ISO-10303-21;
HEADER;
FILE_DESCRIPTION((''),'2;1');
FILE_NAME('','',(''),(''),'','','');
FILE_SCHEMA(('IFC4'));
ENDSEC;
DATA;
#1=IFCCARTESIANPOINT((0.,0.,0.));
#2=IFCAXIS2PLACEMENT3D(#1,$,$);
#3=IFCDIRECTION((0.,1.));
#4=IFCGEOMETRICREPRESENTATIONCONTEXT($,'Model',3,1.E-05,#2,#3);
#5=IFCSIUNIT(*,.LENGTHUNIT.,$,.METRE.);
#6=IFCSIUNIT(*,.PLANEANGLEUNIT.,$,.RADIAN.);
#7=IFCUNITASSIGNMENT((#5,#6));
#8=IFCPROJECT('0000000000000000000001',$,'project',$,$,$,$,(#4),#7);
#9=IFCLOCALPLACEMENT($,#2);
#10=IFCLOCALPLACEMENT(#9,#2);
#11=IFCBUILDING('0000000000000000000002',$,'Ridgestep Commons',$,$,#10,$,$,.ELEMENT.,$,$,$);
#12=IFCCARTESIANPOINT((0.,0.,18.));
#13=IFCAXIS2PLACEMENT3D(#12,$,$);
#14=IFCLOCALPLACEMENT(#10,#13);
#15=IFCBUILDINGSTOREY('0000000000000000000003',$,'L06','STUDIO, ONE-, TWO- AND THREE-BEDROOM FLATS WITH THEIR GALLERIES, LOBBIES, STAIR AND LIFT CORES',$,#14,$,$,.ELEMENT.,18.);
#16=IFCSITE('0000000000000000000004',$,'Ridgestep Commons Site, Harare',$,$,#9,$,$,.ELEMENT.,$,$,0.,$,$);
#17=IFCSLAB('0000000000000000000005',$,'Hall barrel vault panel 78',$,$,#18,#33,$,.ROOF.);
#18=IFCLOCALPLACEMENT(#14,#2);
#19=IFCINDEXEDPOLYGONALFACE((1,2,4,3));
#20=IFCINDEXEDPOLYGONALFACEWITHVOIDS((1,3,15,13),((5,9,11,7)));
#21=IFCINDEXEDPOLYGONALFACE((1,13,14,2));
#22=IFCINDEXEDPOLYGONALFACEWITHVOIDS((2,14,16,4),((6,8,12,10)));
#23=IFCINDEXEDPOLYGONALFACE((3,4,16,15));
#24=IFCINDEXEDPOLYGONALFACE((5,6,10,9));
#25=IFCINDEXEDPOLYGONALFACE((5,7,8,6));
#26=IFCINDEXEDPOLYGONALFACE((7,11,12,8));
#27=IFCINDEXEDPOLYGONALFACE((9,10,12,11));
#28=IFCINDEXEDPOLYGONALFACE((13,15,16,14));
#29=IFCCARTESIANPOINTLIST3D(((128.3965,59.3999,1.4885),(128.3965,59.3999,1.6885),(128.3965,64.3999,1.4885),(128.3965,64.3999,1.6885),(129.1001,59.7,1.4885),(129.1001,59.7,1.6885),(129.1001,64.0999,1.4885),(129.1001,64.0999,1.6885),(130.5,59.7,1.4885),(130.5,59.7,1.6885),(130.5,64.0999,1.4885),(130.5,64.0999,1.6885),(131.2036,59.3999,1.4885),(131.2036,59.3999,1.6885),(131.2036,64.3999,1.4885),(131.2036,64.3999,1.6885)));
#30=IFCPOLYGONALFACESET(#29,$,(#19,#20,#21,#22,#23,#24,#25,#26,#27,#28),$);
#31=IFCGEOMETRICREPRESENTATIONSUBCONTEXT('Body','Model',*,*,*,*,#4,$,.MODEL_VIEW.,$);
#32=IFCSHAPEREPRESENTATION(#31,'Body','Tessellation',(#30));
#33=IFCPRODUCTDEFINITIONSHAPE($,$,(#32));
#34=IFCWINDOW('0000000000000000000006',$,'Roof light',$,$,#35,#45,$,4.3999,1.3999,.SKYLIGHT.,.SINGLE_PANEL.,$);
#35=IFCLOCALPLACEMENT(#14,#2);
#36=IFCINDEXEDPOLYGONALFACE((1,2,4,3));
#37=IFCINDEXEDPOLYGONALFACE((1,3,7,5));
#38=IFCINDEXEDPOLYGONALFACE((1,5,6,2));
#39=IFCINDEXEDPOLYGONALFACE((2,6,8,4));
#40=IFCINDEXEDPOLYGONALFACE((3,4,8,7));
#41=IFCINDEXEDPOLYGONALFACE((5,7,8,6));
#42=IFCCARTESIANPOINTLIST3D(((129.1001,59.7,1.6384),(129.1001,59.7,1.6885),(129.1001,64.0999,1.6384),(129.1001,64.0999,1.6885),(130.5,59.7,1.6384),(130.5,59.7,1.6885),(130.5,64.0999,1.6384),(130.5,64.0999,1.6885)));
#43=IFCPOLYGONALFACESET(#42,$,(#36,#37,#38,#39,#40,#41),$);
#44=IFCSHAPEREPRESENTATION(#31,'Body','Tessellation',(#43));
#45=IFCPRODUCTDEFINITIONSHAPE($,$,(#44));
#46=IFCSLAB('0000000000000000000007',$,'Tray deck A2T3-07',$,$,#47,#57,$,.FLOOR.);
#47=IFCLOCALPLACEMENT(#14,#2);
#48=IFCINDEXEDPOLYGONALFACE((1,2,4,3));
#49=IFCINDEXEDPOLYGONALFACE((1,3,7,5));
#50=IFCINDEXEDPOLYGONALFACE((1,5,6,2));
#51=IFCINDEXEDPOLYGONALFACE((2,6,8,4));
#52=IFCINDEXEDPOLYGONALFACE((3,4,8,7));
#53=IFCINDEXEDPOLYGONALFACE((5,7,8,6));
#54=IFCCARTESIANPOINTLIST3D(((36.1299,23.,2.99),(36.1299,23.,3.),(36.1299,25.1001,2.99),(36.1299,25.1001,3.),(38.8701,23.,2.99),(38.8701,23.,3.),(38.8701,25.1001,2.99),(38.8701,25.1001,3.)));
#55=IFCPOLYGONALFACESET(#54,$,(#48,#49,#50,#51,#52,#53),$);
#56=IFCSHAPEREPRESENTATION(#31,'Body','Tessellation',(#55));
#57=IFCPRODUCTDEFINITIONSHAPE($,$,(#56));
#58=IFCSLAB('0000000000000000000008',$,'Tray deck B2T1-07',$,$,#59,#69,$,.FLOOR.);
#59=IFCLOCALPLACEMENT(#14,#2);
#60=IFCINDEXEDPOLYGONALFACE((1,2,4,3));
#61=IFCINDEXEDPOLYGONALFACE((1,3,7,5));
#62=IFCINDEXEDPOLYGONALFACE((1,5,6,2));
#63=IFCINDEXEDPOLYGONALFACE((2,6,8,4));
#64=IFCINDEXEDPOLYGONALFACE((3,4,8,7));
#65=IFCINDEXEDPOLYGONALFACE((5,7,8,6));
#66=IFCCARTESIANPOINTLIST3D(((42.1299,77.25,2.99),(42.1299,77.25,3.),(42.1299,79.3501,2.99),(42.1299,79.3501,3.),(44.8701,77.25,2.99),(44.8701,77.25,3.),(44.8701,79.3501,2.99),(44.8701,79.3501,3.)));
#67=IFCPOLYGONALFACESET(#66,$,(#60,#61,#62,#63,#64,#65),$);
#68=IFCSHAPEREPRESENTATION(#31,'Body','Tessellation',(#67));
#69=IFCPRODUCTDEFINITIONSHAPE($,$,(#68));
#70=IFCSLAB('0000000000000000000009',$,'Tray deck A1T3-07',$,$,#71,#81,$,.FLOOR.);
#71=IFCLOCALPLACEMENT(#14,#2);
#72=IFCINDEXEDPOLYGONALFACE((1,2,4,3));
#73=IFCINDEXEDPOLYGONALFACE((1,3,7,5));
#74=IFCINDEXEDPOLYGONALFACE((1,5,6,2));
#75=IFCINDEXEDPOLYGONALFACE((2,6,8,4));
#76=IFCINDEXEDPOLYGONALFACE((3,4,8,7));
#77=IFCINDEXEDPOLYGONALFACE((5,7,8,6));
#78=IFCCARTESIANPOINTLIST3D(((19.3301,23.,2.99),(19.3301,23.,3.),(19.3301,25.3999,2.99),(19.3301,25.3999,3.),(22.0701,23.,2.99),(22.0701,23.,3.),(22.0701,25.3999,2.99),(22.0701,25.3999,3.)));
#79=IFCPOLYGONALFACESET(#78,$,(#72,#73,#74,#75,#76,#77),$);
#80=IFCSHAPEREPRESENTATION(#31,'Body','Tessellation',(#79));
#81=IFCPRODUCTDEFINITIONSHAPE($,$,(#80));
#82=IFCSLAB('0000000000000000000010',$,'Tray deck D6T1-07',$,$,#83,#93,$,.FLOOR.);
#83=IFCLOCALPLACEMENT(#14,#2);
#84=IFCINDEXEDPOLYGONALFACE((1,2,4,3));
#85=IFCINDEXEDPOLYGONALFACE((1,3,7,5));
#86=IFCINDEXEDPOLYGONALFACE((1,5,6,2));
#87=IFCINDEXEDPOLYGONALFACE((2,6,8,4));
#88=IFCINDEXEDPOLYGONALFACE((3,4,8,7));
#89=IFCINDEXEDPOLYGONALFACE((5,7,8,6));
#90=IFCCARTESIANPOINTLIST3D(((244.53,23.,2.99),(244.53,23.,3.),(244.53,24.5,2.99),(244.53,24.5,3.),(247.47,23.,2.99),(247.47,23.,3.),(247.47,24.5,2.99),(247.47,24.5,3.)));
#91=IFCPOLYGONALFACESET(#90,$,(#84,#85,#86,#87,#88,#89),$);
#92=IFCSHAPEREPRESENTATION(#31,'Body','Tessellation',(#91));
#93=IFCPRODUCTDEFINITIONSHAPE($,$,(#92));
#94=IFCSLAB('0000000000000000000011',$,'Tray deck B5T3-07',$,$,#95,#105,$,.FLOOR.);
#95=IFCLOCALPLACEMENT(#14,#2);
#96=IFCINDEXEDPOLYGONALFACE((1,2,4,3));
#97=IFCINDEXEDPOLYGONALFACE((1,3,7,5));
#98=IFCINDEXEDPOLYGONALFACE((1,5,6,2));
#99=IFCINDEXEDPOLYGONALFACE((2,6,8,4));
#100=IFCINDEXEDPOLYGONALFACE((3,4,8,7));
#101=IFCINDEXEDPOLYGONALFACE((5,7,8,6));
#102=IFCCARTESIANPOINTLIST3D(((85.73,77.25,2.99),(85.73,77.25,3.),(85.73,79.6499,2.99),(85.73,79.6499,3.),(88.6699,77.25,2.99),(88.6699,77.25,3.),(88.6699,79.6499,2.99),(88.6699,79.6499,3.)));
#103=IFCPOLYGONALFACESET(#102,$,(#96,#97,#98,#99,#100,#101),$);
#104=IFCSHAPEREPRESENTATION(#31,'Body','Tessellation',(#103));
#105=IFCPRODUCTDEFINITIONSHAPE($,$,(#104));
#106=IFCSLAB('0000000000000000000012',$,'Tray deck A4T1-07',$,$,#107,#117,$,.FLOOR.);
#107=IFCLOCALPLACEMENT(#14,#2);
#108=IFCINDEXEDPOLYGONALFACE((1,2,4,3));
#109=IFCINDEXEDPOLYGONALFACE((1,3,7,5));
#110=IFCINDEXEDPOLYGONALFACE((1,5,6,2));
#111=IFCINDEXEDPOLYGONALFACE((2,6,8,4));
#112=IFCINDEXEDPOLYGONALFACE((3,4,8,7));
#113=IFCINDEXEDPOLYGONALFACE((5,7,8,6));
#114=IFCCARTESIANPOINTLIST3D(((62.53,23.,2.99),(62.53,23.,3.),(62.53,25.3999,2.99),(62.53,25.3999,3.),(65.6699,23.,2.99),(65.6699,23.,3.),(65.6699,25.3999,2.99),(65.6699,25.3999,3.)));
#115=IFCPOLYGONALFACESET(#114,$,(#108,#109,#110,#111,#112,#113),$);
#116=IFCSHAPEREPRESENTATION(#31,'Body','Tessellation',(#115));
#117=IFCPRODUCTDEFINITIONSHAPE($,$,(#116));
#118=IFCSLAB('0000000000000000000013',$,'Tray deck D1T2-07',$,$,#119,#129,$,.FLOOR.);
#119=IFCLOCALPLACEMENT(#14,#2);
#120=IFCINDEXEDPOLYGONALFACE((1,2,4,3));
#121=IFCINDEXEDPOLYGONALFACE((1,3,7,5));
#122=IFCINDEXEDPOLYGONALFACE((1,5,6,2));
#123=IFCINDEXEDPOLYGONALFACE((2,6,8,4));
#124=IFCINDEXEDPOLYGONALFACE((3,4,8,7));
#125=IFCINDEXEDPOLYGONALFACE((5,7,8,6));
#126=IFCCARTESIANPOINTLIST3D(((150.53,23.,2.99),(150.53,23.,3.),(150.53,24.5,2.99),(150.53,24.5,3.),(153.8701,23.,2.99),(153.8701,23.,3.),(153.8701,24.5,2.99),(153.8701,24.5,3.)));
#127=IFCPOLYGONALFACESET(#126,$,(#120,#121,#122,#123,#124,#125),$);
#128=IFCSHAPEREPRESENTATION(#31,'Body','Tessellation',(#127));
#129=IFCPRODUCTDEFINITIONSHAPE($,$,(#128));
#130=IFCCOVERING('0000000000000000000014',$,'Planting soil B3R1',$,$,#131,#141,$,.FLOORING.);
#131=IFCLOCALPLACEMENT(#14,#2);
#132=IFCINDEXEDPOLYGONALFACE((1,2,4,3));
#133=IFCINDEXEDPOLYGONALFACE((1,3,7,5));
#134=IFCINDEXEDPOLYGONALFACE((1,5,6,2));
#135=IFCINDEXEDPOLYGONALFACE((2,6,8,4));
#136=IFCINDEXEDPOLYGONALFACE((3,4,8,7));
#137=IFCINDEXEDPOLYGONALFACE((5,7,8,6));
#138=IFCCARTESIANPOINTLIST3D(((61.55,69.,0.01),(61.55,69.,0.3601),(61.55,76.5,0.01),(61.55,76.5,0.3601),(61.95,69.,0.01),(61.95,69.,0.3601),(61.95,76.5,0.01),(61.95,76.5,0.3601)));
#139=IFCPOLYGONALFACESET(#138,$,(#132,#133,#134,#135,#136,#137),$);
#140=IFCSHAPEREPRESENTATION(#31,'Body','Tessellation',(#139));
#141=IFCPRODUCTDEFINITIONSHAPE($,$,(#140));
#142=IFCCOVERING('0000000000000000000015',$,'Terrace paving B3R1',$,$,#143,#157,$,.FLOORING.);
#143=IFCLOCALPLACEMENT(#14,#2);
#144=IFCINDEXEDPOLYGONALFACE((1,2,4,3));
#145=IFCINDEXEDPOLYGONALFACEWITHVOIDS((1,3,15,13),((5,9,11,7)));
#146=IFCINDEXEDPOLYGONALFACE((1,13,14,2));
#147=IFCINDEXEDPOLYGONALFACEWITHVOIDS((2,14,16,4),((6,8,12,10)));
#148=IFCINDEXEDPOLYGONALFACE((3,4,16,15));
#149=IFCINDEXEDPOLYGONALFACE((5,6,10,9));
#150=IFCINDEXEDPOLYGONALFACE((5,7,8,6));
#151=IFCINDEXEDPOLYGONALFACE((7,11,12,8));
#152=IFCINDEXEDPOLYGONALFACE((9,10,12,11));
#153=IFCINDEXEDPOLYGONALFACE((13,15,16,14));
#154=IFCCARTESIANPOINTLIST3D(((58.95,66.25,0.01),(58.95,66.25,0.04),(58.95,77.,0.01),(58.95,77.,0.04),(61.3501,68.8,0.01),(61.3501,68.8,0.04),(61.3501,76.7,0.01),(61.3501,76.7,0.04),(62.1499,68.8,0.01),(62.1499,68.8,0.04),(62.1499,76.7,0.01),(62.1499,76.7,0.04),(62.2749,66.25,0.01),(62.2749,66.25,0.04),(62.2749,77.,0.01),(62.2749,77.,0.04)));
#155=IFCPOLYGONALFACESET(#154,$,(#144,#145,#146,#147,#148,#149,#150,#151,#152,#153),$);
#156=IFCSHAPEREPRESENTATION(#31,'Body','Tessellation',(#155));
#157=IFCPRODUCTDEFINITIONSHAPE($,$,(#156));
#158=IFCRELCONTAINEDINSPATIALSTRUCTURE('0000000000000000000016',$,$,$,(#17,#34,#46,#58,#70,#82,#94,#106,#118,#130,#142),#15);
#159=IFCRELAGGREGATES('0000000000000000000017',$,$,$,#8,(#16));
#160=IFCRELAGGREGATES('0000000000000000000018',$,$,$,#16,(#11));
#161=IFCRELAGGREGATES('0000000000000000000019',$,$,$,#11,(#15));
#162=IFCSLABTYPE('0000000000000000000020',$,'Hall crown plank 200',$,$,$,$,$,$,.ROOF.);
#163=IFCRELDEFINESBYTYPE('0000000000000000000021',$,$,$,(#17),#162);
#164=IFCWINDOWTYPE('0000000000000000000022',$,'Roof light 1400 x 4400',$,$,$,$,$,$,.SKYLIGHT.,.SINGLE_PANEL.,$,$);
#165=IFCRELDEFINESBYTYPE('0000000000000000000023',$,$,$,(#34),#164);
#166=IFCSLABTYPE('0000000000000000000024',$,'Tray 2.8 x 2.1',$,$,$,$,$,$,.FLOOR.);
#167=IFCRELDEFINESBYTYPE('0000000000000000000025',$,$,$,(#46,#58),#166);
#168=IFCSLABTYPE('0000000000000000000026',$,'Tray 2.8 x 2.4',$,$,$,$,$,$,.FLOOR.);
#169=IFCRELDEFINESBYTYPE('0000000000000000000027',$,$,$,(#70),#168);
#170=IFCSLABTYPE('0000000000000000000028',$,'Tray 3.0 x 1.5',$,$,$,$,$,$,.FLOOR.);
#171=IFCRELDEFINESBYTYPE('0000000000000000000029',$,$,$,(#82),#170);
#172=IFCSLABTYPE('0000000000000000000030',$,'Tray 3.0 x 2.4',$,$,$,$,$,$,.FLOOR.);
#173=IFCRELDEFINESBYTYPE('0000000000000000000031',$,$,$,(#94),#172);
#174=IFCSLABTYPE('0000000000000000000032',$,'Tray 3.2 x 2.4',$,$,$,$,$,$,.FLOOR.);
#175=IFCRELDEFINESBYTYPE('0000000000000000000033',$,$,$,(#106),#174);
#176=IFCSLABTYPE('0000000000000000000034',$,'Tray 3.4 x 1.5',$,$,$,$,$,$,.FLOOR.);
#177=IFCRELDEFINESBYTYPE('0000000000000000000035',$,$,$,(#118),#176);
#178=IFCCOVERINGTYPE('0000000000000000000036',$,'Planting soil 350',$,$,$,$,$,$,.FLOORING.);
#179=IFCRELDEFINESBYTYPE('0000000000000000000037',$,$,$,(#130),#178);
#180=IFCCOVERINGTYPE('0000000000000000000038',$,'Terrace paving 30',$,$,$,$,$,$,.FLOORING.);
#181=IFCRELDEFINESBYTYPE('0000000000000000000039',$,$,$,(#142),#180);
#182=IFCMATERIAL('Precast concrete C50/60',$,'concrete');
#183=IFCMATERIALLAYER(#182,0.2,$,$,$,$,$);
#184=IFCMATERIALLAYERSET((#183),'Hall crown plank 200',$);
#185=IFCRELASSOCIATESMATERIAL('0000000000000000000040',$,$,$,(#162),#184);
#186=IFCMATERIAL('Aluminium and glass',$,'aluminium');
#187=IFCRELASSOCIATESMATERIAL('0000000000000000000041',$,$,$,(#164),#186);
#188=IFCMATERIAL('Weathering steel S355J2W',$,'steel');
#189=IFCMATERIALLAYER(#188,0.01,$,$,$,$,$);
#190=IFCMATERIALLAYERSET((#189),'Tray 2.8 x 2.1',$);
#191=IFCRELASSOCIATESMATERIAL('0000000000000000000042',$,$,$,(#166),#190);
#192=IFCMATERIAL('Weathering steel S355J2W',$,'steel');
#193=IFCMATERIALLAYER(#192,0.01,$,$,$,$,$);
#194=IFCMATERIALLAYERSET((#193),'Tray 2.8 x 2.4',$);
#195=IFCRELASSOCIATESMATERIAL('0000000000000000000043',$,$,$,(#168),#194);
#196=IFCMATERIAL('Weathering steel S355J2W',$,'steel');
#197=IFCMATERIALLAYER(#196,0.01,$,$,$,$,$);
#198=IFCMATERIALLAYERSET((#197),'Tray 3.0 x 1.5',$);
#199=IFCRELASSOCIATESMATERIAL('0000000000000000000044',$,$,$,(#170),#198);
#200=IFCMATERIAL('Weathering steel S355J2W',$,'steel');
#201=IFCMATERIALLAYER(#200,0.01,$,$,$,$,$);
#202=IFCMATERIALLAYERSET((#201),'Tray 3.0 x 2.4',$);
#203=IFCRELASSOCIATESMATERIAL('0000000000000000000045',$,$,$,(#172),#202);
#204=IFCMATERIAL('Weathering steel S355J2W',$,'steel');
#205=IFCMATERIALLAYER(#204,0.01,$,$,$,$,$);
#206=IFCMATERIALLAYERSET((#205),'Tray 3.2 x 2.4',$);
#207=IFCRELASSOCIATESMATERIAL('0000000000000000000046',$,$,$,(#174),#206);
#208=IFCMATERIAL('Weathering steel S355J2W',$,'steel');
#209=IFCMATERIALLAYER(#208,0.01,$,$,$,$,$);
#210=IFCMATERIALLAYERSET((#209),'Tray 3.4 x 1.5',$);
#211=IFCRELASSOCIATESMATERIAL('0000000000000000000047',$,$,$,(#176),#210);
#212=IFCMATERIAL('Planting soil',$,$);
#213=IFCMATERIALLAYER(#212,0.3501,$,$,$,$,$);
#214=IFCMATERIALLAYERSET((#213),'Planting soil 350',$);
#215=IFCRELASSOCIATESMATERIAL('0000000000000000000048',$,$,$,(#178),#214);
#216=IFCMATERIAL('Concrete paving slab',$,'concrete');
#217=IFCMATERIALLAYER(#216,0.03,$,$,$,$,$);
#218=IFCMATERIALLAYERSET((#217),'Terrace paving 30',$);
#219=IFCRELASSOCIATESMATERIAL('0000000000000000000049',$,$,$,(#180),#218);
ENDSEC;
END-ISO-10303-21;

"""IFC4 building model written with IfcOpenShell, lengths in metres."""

from ifc_helpers import new_model, si_unit, direction, frame, origin, origin_2d, place, context, subcontext, project, spatial, polyline, rectangle, outline, extrude, material, layer, layer_set, type_object, element, fill, save


model = new_model("IFC4")

# Units and contexts
model_context = context("Model", 3, precision=1e-05, world=origin(), true_north=direction((0.0, 1.0)))
body_context = subcontext(model_context, "Body", "Model", "MODEL_VIEW")
ifc_project = project(units=[si_unit("LENGTHUNIT", "METRE"), si_unit("PLANEANGLEUNIT", "RADIAN")], contexts=[model_context])

# Site, building, storey
site_placement = place(None, origin())
site = spatial("IfcSite", under=ifc_project, at=site_placement, Name="Ridgestep Commons Site, Harare", CompositionType="ELEMENT", RefElevation=0.0)
building_placement = place(site_placement, origin())
building = spatial("IfcBuilding", under=site, at=building_placement, Name="Ridgestep Commons", CompositionType="ELEMENT")
storey_placement = place(building_placement, frame((0.0, 0.0, 18.0)))
storey = spatial("IfcBuildingStorey", under=building, at=storey_placement, Name="L06", Description="STUDIO, ONE-, TWO- AND THREE-BEDROOM FLATS WITH THEIR GALLERIES, LOBBIES, STAIR AND LIFT CORES", CompositionType="ELEMENT", Elevation=18.0)

# Slab, opening, window
ifc_material_1 = material(Name="Precast concrete C50/60", Category="concrete")
ifc_layer_1 = layer(ifc_material_1, 0.2)
ifc_layer_set_1 = layer_set([ifc_layer_1], Name="Hall crown plank 200")
slab_type_1 = type_object("IfcSlabType", Name="Hall crown plank 200", PredefinedType="ROOF", material=ifc_layer_set_1)
ifc_material_2 = material(Name="Aluminium and glass", Category="aluminium")
window_type = type_object("IfcWindowType", Name="Roof light 1400 x 4400", PartitioningType="SINGLE_PANEL", PredefinedType="SKYLIGHT", material=ifc_material_2)
slab_1_placement = place(storey_placement, frame((0.0, 0.0, 1.4885)))
slab_1 = element("IfcSlab", 1, at=slab_1_placement, inside=storey, type_object=slab_type_1, Name="Hall barrel vault panel 78", PredefinedType="ROOF", context=body_context, shape_type="SweptSolid", body=[
    extrude(outline(polyline([(128.3965, 59.3999), (131.2036, 59.3999), (131.2036, 64.3999), (128.3965, 64.3999), (128.3965, 59.3999)])), origin(), (0.0, 0.0, 1.0), 0.2),
])
opening_1_placement = place(slab_1_placement, frame((129.8, 61.8999, 0.0)))
opening_1 = element("IfcOpeningElement", 2, at=opening_1_placement, cuts=slab_1, PredefinedType="OPENING", context=body_context, shape_type="SweptSolid", body=[
    extrude(rectangle(XDim=1.3999, YDim=4.3999, at=origin_2d()), origin(), (0.0, 0.0, 1.0), 0.2),
])
window_1_placement = place(opening_1_placement, frame((0.0, 0.0, 0.1499)))
window_1 = element("IfcWindow", 3, at=window_1_placement, inside=storey, type_object=window_type, Name="Roof light", OverallHeight=4.3999, OverallWidth=1.3999, PartitioningType="SINGLE_PANEL", PredefinedType="SKYLIGHT", context=body_context, shape_type="SweptSolid", body=[
    extrude(rectangle(XDim=1.3999, YDim=4.3999, at=origin_2d()), origin(), (0.0, 0.0, 1.0), 0.05),
])
fill(opening_1, window_1)

# Slabs
ifc_material_3 = material(Name="Weathering steel S355J2W", Category="steel")
ifc_layer_2 = layer(ifc_material_3, 0.01)
ifc_layer_set_2 = layer_set([ifc_layer_2], Name="Tray 2.8 x 2.1")
slab_type_2 = type_object("IfcSlabType", Name="Tray 2.8 x 2.1", PredefinedType="FLOOR", material=ifc_layer_set_2)
slab_2_placement = place(storey_placement, frame((0.0, 0.0, 2.99)))
element("IfcSlab", 4, at=slab_2_placement, inside=storey, type_object=slab_type_2, Name="Tray deck A2T3-07", PredefinedType="FLOOR", context=body_context, shape_type="SweptSolid", body=[
    extrude(outline(polyline([(36.1299, 23.0), (38.8701, 23.0), (38.8701, 25.1001), (36.1299, 25.1001), (36.1299, 23.0)])), origin(), (0.0, 0.0, 1.0), 0.01),
])
slab_3_placement = place(storey_placement, frame((0.0, 0.0, 2.99)))
element("IfcSlab", 5, at=slab_3_placement, inside=storey, type_object=slab_type_2, Name="Tray deck B2T1-07", PredefinedType="FLOOR", context=body_context, shape_type="SweptSolid", body=[
    extrude(outline(polyline([(42.1299, 77.25), (44.8701, 77.25), (44.8701, 79.3501), (42.1299, 79.3501), (42.1299, 77.25)])), origin(), (0.0, 0.0, 1.0), 0.01),
])
ifc_material_4 = material(Name="Weathering steel S355J2W", Category="steel")
ifc_layer_3 = layer(ifc_material_4, 0.01)
ifc_layer_set_3 = layer_set([ifc_layer_3], Name="Tray 2.8 x 2.4")
slab_type_3 = type_object("IfcSlabType", Name="Tray 2.8 x 2.4", PredefinedType="FLOOR", material=ifc_layer_set_3)
slab_4_placement = place(storey_placement, frame((0.0, 0.0, 2.99)))
element("IfcSlab", 6, at=slab_4_placement, inside=storey, type_object=slab_type_3, Name="Tray deck A1T3-07", PredefinedType="FLOOR", context=body_context, shape_type="SweptSolid", body=[
    extrude(outline(polyline([(19.3301, 23.0), (22.0701, 23.0), (22.0701, 25.3999), (19.3301, 25.3999), (19.3301, 23.0)])), origin(), (0.0, 0.0, 1.0), 0.01),
])
ifc_material_5 = material(Name="Weathering steel S355J2W", Category="steel")
ifc_layer_4 = layer(ifc_material_5, 0.01)
ifc_layer_set_4 = layer_set([ifc_layer_4], Name="Tray 3.0 x 1.5")
slab_type_4 = type_object("IfcSlabType", Name="Tray 3.0 x 1.5", PredefinedType="FLOOR", material=ifc_layer_set_4)
slab_5_placement = place(storey_placement, frame((0.0, 0.0, 2.99)))
element("IfcSlab", 7, at=slab_5_placement, inside=storey, type_object=slab_type_4, Name="Tray deck D6T1-07", PredefinedType="FLOOR", context=body_context, shape_type="SweptSolid", body=[
    extrude(outline(polyline([(244.53, 23.0), (247.47, 23.0), (247.47, 24.5), (244.53, 24.5), (244.53, 23.0)])), origin(), (0.0, 0.0, 1.0), 0.01),
])
ifc_material_6 = material(Name="Weathering steel S355J2W", Category="steel")
ifc_layer_5 = layer(ifc_material_6, 0.01)
ifc_layer_set_5 = layer_set([ifc_layer_5], Name="Tray 3.0 x 2.4")
slab_type_5 = type_object("IfcSlabType", Name="Tray 3.0 x 2.4", PredefinedType="FLOOR", material=ifc_layer_set_5)
slab_6_placement = place(storey_placement, frame((0.0, 0.0, 2.99)))
element("IfcSlab", 8, at=slab_6_placement, inside=storey, type_object=slab_type_5, Name="Tray deck B5T3-07", PredefinedType="FLOOR", context=body_context, shape_type="SweptSolid", body=[
    extrude(outline(polyline([(85.73, 77.25), (88.6699, 77.25), (88.6699, 79.6499), (85.73, 79.6499), (85.73, 77.25)])), origin(), (0.0, 0.0, 1.0), 0.01),
])
ifc_material_7 = material(Name="Weathering steel S355J2W", Category="steel")
ifc_layer_6 = layer(ifc_material_7, 0.01)
ifc_layer_set_6 = layer_set([ifc_layer_6], Name="Tray 3.2 x 2.4")
slab_type_6 = type_object("IfcSlabType", Name="Tray 3.2 x 2.4", PredefinedType="FLOOR", material=ifc_layer_set_6)
slab_7_placement = place(storey_placement, frame((0.0, 0.0, 2.99)))
element("IfcSlab", 9, at=slab_7_placement, inside=storey, type_object=slab_type_6, Name="Tray deck A4T1-07", PredefinedType="FLOOR", context=body_context, shape_type="SweptSolid", body=[
    extrude(outline(polyline([(62.53, 23.0), (65.6699, 23.0), (65.6699, 25.3999), (62.53, 25.3999), (62.53, 23.0)])), origin(), (0.0, 0.0, 1.0), 0.01),
])
ifc_material_8 = material(Name="Weathering steel S355J2W", Category="steel")
ifc_layer_7 = layer(ifc_material_8, 0.01)
ifc_layer_set_7 = layer_set([ifc_layer_7], Name="Tray 3.4 x 1.5")
slab_type_7 = type_object("IfcSlabType", Name="Tray 3.4 x 1.5", PredefinedType="FLOOR", material=ifc_layer_set_7)
slab_8_placement = place(storey_placement, frame((0.0, 0.0, 2.99)))
element("IfcSlab", 10, at=slab_8_placement, inside=storey, type_object=slab_type_7, Name="Tray deck D1T2-07", PredefinedType="FLOOR", context=body_context, shape_type="SweptSolid", body=[
    extrude(outline(polyline([(150.53, 23.0), (153.8701, 23.0), (153.8701, 24.5), (150.53, 24.5), (150.53, 23.0)])), origin(), (0.0, 0.0, 1.0), 0.01),
])

# Coverings
ifc_material_9 = material(Name="Planting soil")
ifc_layer_8 = layer(ifc_material_9, 0.3501)
ifc_layer_set_8 = layer_set([ifc_layer_8], Name="Planting soil 350")
covering_type_1 = type_object("IfcCoveringType", Name="Planting soil 350", PredefinedType="FLOORING", material=ifc_layer_set_8)
covering_1_placement = place(storey_placement, frame((0.0, 0.0, 0.01)))
element("IfcCovering", 11, at=covering_1_placement, inside=storey, type_object=covering_type_1, Name="Planting soil B3R1", PredefinedType="FLOORING", context=body_context, shape_type="SweptSolid", body=[
    extrude(outline(polyline([(61.55, 69.0), (61.95, 69.0), (61.95, 76.5), (61.55, 76.5), (61.55, 69.0)])), origin(), (0.0, 0.0, 1.0), 0.3501),
])
ifc_material_10 = material(Name="Concrete paving slab", Category="concrete")
ifc_layer_9 = layer(ifc_material_10, 0.03)
ifc_layer_set_9 = layer_set([ifc_layer_9], Name="Terrace paving 30")
covering_type_2 = type_object("IfcCoveringType", Name="Terrace paving 30", PredefinedType="FLOORING", material=ifc_layer_set_9)
covering_2_placement = place(storey_placement, frame((0.0, 0.0, 0.01)))
element("IfcCovering", 12, at=covering_2_placement, inside=storey, type_object=covering_type_2, Name="Terrace paving B3R1", PredefinedType="FLOORING", context=body_context, shape_type="SweptSolid", body=[
    extrude(outline(polyline([(62.2749, 66.25), (62.2749, 77.0), (58.95, 77.0), (58.95, 66.25), (62.2749, 66.25)]), holes=[polyline([(62.1499, 68.8), (62.1499, 76.7), (61.3501, 76.7), (61.3501, 68.8), (62.1499, 68.8)])]), origin(), (0.0, 0.0, 1.0), 0.03),
])

save(model, "model.ifc")
